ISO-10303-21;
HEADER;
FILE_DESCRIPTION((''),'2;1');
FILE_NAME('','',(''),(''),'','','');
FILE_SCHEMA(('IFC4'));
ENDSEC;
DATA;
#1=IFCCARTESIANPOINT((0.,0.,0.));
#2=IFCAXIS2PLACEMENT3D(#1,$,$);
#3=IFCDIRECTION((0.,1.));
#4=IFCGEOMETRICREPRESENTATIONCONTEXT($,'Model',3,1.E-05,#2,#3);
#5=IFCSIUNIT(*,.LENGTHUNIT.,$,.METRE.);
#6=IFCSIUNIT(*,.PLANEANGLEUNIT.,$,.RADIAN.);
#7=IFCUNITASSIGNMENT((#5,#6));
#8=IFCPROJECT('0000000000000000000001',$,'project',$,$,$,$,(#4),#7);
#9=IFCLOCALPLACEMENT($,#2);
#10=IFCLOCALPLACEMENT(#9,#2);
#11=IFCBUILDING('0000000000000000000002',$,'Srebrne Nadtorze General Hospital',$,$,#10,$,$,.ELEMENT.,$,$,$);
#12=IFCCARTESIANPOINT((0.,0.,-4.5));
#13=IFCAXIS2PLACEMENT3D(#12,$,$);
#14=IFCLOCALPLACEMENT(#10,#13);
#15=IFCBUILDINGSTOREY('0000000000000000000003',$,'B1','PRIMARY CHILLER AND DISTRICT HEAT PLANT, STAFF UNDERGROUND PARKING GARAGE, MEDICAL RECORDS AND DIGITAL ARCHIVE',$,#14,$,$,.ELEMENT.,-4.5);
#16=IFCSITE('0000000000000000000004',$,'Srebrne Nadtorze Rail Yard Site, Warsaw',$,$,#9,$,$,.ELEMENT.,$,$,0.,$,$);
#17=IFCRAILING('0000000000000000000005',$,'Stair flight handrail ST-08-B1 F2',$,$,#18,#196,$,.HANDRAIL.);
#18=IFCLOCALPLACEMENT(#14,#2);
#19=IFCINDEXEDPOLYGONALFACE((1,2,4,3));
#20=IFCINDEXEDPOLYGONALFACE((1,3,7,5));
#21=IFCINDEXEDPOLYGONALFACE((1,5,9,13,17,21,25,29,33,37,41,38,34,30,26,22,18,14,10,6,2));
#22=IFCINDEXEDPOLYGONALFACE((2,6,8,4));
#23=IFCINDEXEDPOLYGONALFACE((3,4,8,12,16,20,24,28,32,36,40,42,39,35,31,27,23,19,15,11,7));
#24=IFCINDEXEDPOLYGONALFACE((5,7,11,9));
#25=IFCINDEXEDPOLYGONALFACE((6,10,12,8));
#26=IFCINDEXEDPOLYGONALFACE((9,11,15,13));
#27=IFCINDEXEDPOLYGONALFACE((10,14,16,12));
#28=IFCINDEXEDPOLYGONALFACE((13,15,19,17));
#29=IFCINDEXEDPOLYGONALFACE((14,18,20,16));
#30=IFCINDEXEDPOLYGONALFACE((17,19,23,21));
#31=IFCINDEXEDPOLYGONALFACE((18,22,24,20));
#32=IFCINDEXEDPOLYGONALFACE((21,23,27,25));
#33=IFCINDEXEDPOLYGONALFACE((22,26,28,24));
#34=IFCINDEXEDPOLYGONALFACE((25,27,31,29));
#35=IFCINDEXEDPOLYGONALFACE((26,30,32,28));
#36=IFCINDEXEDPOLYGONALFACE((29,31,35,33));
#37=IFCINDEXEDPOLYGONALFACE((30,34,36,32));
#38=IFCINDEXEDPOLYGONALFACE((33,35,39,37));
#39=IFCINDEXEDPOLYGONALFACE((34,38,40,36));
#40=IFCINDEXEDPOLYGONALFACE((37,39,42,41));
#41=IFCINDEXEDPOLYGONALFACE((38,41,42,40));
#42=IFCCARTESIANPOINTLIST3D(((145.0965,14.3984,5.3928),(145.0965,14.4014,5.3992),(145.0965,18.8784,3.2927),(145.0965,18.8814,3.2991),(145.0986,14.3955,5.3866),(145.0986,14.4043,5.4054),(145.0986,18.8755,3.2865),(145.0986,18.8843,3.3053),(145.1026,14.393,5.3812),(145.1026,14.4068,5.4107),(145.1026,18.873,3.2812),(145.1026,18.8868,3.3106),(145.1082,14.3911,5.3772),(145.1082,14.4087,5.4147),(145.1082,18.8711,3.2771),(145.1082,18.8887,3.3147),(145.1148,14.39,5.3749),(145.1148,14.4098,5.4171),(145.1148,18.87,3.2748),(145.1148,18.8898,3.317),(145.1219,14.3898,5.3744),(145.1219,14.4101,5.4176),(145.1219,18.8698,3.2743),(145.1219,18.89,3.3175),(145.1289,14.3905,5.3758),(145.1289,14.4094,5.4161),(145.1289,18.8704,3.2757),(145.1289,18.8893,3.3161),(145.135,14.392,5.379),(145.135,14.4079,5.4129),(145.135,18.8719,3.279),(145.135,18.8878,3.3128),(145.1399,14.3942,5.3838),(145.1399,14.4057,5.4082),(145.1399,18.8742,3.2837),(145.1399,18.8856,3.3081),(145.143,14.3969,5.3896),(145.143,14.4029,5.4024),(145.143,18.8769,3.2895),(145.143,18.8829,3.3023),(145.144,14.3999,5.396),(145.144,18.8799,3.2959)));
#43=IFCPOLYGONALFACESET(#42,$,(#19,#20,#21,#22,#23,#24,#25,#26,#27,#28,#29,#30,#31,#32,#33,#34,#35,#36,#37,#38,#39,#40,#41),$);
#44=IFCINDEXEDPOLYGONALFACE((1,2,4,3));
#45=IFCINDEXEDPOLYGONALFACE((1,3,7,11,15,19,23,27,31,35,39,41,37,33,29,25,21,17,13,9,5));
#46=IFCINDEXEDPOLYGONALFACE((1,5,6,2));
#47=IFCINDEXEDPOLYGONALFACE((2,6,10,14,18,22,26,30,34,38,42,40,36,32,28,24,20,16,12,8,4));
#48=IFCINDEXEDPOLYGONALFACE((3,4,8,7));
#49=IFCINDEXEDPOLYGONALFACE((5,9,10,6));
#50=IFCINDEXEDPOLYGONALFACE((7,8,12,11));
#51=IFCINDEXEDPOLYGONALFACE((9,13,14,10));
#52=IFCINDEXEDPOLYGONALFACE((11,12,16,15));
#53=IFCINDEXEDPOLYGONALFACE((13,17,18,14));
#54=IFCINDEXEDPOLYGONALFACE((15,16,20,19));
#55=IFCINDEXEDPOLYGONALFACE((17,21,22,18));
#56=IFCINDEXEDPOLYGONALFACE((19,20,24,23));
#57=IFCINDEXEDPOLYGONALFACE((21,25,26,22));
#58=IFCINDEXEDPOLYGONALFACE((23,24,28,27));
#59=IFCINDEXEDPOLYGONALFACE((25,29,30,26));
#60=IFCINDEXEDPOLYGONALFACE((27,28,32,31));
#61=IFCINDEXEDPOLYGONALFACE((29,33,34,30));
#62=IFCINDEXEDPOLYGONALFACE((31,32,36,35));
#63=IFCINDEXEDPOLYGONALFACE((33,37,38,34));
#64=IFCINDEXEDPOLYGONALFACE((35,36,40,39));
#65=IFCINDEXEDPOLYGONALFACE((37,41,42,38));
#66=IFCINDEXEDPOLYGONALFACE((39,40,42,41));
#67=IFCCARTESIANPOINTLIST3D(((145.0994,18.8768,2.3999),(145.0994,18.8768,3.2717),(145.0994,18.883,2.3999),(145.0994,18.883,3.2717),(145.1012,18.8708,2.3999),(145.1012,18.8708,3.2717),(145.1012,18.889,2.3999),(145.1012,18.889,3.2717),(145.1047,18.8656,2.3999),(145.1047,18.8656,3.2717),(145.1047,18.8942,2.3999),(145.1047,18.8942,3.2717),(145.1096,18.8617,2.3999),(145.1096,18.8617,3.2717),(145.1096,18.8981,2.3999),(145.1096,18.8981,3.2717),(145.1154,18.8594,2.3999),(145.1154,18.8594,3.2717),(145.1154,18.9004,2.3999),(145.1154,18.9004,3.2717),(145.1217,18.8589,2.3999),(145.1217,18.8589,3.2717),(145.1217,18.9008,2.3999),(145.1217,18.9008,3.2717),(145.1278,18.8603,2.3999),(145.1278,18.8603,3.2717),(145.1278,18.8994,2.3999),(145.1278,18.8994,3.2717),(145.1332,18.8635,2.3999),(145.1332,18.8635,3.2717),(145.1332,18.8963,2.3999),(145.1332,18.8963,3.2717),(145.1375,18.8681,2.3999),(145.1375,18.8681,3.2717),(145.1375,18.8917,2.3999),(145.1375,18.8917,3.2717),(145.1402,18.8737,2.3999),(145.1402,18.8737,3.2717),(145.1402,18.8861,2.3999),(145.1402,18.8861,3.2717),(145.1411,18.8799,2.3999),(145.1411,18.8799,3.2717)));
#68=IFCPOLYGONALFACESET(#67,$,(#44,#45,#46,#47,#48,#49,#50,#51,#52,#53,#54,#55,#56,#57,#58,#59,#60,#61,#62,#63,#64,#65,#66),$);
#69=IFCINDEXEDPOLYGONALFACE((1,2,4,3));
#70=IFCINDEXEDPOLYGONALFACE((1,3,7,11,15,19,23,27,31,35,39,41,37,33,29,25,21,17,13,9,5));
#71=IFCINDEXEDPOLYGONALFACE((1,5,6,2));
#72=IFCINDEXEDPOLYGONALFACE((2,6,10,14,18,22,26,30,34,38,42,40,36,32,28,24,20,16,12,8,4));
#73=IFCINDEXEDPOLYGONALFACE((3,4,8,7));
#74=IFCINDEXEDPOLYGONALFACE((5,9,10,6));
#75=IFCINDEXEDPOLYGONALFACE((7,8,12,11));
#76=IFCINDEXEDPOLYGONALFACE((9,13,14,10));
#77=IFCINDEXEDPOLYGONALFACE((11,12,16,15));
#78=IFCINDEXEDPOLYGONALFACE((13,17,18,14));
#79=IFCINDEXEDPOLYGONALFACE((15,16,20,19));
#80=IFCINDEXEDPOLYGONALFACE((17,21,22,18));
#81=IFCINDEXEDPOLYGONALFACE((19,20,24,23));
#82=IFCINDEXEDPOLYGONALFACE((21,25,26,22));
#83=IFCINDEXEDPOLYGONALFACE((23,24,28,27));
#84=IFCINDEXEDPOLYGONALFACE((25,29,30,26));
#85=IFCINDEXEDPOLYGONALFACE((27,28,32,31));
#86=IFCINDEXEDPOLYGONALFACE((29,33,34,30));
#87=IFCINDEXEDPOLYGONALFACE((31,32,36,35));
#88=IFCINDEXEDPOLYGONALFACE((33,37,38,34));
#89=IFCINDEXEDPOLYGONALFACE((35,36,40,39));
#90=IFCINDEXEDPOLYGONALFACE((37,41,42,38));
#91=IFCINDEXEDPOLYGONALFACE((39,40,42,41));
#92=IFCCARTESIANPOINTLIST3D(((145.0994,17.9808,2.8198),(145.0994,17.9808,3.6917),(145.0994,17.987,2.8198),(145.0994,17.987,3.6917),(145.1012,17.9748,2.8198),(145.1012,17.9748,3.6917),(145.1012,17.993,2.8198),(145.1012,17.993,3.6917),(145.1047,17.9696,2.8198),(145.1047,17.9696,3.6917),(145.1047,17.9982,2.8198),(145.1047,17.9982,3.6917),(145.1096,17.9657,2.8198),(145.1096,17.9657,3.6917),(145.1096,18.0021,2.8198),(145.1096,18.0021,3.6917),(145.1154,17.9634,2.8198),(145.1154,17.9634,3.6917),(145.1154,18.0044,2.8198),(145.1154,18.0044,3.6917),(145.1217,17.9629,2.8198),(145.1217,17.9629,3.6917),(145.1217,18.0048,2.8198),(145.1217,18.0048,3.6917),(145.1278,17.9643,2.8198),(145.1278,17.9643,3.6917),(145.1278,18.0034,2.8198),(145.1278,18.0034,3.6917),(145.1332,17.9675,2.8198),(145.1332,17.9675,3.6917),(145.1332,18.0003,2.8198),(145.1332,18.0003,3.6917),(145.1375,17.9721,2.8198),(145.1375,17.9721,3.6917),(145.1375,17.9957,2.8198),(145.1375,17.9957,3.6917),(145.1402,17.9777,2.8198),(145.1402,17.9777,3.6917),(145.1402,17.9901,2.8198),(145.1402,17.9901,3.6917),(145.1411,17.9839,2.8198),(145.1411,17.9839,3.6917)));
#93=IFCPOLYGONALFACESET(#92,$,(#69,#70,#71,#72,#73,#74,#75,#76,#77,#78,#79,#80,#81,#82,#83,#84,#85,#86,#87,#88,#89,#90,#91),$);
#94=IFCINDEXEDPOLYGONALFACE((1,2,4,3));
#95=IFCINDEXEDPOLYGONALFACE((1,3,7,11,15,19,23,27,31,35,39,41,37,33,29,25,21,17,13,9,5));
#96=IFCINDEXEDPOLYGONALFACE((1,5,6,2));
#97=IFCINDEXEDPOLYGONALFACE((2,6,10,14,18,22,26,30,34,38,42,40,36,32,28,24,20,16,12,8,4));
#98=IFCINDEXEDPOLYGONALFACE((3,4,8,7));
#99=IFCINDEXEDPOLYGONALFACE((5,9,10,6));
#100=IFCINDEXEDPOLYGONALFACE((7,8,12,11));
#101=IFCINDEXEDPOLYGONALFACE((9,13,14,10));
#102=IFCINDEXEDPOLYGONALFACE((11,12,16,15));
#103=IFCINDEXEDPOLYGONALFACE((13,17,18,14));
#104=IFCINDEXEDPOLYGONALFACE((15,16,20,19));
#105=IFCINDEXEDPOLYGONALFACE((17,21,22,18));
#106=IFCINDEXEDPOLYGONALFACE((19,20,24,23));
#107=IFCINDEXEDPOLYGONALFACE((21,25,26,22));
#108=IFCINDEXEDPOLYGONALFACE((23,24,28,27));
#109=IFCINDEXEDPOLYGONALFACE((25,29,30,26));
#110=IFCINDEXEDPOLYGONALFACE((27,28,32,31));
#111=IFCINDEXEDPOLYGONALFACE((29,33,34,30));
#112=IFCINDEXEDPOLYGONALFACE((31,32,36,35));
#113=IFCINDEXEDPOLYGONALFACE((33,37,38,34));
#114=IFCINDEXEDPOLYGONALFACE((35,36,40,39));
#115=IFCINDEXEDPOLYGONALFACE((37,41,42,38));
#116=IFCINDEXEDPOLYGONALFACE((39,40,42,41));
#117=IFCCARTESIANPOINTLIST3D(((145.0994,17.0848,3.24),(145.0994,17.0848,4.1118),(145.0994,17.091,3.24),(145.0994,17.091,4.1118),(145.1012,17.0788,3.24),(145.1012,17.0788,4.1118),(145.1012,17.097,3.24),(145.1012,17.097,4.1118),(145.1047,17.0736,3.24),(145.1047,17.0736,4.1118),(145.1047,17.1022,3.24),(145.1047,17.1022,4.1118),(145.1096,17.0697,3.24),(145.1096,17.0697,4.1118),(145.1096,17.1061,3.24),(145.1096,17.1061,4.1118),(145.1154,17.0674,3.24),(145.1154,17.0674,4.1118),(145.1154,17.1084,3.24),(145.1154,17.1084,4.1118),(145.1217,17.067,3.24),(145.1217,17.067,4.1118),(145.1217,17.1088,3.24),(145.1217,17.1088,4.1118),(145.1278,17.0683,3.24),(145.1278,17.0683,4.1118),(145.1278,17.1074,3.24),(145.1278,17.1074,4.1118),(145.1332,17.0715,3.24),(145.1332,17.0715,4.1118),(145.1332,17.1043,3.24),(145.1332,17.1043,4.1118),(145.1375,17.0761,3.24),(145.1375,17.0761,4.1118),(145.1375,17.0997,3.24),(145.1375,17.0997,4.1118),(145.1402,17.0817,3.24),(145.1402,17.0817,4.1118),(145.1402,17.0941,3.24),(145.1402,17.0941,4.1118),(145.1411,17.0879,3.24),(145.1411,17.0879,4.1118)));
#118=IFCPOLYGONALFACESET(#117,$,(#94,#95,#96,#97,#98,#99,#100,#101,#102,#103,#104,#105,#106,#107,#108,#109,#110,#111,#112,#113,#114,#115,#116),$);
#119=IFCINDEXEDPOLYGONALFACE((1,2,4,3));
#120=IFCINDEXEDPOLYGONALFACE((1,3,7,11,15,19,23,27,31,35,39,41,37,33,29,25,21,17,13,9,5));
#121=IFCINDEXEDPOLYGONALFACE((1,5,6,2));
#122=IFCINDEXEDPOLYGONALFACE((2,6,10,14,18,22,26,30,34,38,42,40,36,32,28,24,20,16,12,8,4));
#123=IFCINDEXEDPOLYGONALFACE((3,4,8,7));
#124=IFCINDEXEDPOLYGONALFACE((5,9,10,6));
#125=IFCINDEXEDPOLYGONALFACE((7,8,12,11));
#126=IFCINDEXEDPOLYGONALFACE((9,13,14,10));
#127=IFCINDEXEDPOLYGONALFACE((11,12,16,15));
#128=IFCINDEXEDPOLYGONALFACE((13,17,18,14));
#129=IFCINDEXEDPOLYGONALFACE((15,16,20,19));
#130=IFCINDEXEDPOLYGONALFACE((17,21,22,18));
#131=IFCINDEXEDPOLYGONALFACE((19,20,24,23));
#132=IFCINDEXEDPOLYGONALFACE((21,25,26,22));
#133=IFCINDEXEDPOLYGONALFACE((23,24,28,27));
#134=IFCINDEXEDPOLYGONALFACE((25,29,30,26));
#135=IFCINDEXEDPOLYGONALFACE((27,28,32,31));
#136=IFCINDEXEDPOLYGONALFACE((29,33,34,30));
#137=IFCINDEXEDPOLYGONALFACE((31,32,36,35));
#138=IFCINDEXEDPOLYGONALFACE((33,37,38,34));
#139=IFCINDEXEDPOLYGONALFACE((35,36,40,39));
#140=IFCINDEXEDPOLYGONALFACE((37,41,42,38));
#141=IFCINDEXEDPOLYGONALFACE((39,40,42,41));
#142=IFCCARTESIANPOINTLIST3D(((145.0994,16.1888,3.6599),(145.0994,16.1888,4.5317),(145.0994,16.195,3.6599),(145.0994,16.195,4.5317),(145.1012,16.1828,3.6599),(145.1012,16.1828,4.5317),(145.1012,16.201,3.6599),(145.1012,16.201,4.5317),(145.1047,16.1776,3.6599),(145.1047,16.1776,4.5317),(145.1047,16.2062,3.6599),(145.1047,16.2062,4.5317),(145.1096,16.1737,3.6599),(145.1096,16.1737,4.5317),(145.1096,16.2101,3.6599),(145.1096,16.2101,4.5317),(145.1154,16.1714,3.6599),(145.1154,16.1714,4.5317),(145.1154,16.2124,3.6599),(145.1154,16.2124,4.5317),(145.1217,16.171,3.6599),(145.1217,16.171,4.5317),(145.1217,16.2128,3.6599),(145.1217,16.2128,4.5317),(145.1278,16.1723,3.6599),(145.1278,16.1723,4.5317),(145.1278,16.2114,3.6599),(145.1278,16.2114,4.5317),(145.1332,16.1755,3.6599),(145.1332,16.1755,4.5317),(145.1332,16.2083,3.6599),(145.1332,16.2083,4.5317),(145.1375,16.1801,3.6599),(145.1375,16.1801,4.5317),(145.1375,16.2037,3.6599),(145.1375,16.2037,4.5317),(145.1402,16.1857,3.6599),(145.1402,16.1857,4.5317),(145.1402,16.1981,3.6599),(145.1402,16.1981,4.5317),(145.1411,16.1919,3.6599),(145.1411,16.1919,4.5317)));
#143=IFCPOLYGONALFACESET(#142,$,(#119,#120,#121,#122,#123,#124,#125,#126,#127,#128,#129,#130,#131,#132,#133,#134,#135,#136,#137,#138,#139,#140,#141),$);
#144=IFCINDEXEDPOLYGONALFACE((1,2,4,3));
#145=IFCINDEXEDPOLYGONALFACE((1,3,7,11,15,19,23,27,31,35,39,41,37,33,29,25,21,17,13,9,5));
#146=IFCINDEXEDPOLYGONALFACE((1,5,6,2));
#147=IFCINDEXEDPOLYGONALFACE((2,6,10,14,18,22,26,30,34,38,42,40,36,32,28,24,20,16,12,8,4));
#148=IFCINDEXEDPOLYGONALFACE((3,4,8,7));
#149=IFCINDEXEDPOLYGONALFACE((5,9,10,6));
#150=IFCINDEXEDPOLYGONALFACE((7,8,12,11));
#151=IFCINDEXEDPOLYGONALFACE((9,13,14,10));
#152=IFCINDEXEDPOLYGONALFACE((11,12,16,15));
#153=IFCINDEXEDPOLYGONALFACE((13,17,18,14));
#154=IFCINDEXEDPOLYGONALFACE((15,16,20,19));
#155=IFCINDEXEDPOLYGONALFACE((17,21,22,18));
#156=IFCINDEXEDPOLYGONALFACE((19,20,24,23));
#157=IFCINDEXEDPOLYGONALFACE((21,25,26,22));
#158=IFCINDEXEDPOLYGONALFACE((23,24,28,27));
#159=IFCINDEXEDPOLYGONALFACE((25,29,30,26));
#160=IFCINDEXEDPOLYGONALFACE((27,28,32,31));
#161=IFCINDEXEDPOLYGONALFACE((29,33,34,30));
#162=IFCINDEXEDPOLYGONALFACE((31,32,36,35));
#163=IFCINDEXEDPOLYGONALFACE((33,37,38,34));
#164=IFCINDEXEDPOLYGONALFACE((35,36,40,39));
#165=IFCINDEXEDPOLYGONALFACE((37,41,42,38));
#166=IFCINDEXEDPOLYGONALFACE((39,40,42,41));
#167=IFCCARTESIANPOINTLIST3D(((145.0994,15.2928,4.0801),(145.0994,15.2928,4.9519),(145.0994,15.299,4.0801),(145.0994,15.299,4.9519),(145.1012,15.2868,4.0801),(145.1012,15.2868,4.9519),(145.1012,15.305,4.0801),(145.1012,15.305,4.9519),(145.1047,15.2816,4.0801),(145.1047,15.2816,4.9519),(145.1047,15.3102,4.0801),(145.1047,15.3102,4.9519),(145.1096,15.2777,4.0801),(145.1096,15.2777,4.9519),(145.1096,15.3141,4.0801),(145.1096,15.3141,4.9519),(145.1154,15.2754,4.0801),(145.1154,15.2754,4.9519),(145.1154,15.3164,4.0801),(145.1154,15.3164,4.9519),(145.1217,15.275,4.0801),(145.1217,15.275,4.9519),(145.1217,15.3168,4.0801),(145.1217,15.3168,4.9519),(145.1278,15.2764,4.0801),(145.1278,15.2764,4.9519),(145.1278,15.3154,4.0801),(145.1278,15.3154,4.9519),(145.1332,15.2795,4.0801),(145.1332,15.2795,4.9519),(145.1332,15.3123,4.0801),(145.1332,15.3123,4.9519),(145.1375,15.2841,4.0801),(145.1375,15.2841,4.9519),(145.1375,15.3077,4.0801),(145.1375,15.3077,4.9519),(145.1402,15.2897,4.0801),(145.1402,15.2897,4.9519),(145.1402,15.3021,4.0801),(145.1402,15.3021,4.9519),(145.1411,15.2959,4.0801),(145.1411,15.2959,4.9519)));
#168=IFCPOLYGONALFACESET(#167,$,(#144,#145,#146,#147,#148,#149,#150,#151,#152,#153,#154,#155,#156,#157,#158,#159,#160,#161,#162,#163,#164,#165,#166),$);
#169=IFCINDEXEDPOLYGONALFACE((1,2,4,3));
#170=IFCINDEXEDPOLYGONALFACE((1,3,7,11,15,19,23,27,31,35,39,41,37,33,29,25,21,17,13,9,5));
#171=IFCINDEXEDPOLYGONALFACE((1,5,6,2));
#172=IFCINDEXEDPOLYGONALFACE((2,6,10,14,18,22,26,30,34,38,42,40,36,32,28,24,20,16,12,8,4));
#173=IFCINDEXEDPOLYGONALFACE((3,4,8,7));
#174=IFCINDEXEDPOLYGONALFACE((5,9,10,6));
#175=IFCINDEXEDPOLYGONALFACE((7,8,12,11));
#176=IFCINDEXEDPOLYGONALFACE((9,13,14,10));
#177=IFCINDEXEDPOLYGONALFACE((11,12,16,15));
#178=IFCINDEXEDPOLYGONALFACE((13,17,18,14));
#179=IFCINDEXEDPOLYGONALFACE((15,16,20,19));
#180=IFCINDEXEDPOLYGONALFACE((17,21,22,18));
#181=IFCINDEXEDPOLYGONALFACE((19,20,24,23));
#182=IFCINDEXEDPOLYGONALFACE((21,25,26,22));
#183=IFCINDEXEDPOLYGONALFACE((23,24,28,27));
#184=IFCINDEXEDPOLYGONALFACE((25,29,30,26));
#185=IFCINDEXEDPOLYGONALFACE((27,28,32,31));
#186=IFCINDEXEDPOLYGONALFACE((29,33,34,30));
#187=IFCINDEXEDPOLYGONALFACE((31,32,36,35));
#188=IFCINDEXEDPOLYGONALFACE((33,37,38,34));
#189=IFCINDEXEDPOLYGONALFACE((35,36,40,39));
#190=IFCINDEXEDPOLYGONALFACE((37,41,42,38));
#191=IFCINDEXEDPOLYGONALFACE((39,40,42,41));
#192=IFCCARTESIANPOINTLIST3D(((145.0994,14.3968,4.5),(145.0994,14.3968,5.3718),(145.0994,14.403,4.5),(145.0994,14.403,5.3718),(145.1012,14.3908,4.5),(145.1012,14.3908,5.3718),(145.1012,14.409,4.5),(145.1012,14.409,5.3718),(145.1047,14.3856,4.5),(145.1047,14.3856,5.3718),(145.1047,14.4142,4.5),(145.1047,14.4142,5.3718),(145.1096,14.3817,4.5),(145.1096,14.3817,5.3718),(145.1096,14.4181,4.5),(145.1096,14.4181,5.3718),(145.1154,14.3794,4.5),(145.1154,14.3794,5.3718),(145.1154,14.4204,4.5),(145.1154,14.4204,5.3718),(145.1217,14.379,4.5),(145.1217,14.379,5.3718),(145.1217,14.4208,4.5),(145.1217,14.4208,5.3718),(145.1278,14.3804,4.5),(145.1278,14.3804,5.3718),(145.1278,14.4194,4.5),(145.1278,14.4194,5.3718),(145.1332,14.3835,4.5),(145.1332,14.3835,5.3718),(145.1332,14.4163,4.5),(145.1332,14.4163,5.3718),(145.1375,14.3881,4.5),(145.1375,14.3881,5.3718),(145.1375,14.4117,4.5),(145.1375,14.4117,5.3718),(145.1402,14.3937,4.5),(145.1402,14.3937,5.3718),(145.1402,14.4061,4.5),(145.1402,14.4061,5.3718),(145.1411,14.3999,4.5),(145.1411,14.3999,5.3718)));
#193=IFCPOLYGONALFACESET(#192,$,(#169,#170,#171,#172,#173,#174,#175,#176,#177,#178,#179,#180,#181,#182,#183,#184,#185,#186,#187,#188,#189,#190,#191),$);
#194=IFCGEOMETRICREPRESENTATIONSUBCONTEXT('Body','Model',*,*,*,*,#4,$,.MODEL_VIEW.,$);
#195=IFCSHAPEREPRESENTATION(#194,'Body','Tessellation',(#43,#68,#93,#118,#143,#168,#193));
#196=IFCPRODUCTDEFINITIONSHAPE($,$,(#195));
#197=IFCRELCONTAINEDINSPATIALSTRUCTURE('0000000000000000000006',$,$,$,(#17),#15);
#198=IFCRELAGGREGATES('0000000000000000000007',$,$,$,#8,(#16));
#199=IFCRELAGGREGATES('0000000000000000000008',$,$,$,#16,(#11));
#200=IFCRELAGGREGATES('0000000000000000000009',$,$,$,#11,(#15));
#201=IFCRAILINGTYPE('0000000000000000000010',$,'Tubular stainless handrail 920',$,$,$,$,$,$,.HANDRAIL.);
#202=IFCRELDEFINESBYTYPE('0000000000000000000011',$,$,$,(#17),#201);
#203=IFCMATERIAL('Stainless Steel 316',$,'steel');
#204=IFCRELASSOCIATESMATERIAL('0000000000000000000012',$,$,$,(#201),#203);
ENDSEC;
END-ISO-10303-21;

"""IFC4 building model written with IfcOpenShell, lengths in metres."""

from ifc_helpers import new_model, si_unit, direction, frame, origin, origin_2d, place, context, subcontext, project, spatial, circle, extrude, material, type_object, element, save


model = new_model("IFC4")

# Units and contexts
model_context = context("Model", 3, precision=1e-05, world=origin(), true_north=direction((0.0, 1.0)))
body_context = subcontext(model_context, "Body", "Model", "MODEL_VIEW")
ifc_project = project(units=[si_unit("LENGTHUNIT", "METRE"), si_unit("PLANEANGLEUNIT", "RADIAN")], contexts=[model_context])

# Site, building, storey
site_placement = place(None, origin())
site = spatial("IfcSite", under=ifc_project, at=site_placement, Name="Srebrne Nadtorze Rail Yard Site, Warsaw", CompositionType="ELEMENT", RefElevation=0.0)
building_placement = place(site_placement, origin())
building = spatial("IfcBuilding", under=site, at=building_placement, Name="Srebrne Nadtorze General Hospital", CompositionType="ELEMENT")
storey_placement = place(building_placement, frame((0.0, 0.0, -4.5)))
storey = spatial("IfcBuildingStorey", under=building, at=storey_placement, Name="B1", Description="PRIMARY CHILLER AND DISTRICT HEAT PLANT, STAFF UNDERGROUND PARKING GARAGE, MEDICAL RECORDS AND DIGITAL ARCHIVE", CompositionType="ELEMENT", Elevation=-4.5)

# Railing
ifc_material_1 = material(Name="Stainless Steel 316", Category="steel")
railing_type_1 = type_object("IfcRailingType", Name="Tubular stainless handrail 920", PredefinedType="HANDRAIL", material=ifc_material_1)
railing_1_placement = place(storey_placement, frame((145.1201, 18.8799, 2.3999)))
element("IfcRailing", 1, at=railing_1_placement, inside=storey, type_object=railing_type_1, Name="Stair flight handrail ST-08-B1 F2", PredefinedType="HANDRAIL", context=body_context, shape_type="SweptSolid", body=[
    extrude(circle(Radius=0.0239, at=origin_2d()), frame((0.0, 0.0, 0.896), z_axis=(0.0, -0.905451, 0.424452), x_axis=(1.0, 0.0, 0.0)), (0.0, 0.0, 1.0), 4.9478),
    extrude(circle(Radius=0.021, at=origin_2d()), origin(), (0.0, 0.0, 1.0), 0.8718),
    extrude(circle(Radius=0.021, at=origin_2d()), frame((0.0, -0.896, 0.4199)), (0.0, 0.0, 1.0), 0.8718),
    extrude(circle(Radius=0.021, at=origin_2d()), frame((0.0, -1.792, 0.8401)), (0.0, 0.0, 1.0), 0.8718),
    extrude(circle(Radius=0.021, at=origin_2d()), frame((0.0, -2.688, 1.26)), (0.0, 0.0, 1.0), 0.8718),
    extrude(circle(Radius=0.021, at=origin_2d()), frame((0.0, -3.584, 1.6802)), (0.0, 0.0, 1.0), 0.8718),
    extrude(circle(Radius=0.021, at=origin_2d()), frame((0.0, -4.48, 2.1001)), (0.0, 0.0, 1.0), 0.8718),
])

save(model, "model.ifc")
